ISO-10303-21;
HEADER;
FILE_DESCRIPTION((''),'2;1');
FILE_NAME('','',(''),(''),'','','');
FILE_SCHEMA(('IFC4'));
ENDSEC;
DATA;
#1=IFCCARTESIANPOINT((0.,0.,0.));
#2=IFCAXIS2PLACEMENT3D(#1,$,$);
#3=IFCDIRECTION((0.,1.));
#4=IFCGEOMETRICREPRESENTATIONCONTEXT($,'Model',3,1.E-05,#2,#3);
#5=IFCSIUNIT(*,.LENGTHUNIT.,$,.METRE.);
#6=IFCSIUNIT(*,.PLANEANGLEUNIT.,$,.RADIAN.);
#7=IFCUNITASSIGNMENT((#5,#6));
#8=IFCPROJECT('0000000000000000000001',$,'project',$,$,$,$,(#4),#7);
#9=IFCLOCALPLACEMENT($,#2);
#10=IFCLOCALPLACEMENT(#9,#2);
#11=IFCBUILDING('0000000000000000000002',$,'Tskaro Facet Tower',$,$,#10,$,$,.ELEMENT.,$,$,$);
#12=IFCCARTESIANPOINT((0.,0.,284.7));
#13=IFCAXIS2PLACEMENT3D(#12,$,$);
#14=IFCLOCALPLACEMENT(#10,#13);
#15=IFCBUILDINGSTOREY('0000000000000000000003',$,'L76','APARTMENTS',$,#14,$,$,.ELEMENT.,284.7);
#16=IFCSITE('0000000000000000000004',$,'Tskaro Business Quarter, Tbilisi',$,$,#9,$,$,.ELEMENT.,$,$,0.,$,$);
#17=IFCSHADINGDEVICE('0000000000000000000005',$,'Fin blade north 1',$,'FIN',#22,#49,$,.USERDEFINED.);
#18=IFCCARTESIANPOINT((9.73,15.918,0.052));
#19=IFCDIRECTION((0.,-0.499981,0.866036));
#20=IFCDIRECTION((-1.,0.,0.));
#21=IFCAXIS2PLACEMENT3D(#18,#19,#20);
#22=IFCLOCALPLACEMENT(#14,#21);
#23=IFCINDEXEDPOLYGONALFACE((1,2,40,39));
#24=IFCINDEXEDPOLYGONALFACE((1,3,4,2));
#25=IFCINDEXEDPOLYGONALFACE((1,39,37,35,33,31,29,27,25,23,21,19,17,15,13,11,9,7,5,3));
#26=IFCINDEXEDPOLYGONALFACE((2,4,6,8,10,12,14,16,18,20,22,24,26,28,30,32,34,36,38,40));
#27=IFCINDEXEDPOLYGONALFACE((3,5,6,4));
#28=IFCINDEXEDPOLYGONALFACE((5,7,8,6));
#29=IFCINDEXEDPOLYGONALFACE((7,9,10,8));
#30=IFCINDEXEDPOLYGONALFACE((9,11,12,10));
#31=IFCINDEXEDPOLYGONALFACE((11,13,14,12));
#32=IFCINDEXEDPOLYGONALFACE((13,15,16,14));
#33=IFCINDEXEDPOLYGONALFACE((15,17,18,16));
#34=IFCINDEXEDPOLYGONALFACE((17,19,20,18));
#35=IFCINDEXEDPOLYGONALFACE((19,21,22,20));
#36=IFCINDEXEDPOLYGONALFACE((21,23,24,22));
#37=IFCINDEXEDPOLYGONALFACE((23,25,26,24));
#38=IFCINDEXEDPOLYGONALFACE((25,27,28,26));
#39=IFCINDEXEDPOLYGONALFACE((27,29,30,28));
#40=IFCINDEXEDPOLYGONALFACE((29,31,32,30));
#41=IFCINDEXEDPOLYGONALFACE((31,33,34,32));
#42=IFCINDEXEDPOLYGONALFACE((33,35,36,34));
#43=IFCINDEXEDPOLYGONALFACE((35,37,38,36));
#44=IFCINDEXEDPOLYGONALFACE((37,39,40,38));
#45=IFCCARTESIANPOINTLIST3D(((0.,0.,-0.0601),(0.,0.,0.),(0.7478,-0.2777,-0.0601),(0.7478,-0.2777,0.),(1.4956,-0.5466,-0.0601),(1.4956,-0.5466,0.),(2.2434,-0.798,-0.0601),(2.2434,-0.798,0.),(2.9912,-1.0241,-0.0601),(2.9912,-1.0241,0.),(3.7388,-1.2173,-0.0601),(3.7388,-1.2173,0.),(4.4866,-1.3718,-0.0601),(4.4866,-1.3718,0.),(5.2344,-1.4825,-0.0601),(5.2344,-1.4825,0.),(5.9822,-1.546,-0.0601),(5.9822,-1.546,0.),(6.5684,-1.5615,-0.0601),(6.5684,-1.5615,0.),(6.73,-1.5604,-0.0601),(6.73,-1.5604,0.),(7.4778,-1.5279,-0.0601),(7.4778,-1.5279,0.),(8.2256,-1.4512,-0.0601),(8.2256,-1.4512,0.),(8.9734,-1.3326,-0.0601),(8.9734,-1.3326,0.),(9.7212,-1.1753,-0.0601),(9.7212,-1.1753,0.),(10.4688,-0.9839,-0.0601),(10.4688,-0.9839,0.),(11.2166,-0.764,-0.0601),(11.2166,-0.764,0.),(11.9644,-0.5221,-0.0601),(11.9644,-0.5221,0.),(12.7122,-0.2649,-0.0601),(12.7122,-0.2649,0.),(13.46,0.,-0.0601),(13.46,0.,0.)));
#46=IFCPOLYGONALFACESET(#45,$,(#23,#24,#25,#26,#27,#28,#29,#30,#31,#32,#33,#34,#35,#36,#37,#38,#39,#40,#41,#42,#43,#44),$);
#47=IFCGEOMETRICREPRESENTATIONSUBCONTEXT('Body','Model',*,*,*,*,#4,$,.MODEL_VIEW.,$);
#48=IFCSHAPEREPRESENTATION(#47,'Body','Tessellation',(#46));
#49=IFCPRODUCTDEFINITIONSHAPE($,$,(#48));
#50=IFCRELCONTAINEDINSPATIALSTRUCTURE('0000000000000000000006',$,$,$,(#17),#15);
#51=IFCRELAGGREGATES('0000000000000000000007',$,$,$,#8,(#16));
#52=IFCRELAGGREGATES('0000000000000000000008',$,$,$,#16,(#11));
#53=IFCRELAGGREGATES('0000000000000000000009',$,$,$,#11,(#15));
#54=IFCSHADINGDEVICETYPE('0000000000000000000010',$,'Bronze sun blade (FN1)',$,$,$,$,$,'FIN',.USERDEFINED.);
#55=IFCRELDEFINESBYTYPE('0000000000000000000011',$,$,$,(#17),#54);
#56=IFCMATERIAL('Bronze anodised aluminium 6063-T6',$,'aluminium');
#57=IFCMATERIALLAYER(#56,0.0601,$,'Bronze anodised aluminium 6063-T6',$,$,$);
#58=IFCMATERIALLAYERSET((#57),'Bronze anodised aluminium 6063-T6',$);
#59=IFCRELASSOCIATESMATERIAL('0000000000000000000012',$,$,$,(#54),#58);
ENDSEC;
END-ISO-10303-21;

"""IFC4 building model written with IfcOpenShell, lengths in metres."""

from ifc_helpers import new_model, si_unit, direction, frame, origin, place, context, subcontext, project, spatial, polyline, outline, extrude, material, layer, layer_set, type_object, element, save


model = new_model("IFC4")

# Units and contexts
model_context = context("Model", 3, precision=1e-05, world=origin(), true_north=direction((0.0, 1.0)))
body_context = subcontext(model_context, "Body", "Model", "MODEL_VIEW")
ifc_project = project(units=[si_unit("LENGTHUNIT", "METRE"), si_unit("PLANEANGLEUNIT", "RADIAN")], contexts=[model_context])

# Site, building, storey
site_placement = place(None, origin())
site = spatial("IfcSite", under=ifc_project, at=site_placement, Name="Tskaro Business Quarter, Tbilisi", CompositionType="ELEMENT", RefElevation=0.0)
building_placement = place(site_placement, origin())
building = spatial("IfcBuilding", under=site, at=building_placement, Name="Tskaro Facet Tower", CompositionType="ELEMENT")
storey_placement = place(building_placement, frame((0.0, 0.0, 284.7)))
storey = spatial("IfcBuildingStorey", under=building, at=storey_placement, Name="L76", Description="APARTMENTS", CompositionType="ELEMENT", Elevation=284.7)

# Shared definitions
ifc_material_1 = material(Name="Bronze anodised aluminium 6063-T6", Category="aluminium")

# Shading device
ifc_layer_1 = layer(ifc_material_1, 0.0601, Name="Bronze anodised aluminium 6063-T6")
ifc_layer_set_1 = layer_set([ifc_layer_1], Name="Bronze anodised aluminium 6063-T6")
shading_device_type = type_object("IfcShadingDeviceType", Name="Bronze sun blade (FN1)", ElementType="FIN", PredefinedType="USERDEFINED", material=ifc_layer_set_1)
shading_device_placement = place(storey_placement, frame((9.73, 15.918, 0.052), z_axis=(0.0, -0.499981, 0.866036), x_axis=(-1.0, 0.0, 0.0)))
element("IfcShadingDevice", 1, at=shading_device_placement, inside=storey, type_object=shading_device_type, Name="Fin blade north 1", ObjectType="FIN", PredefinedType="USERDEFINED", context=body_context, shape_type="SweptSolid", body=[
    extrude(outline(polyline([(0.0, 0.0), (13.46, 0.0), (12.7122, -0.2649), (11.9644, -0.5221), (11.2166, -0.764), (10.4688, -0.9839), (9.7212, -1.1753), (8.9734, -1.3326), (8.2256, -1.4512), (7.4778, -1.5279), (6.73, -1.5604), (6.5684, -1.5615), (5.9822, -1.546), (5.2344, -1.4825), (4.4866, -1.3718), (3.7388, -1.2173), (2.9912, -1.0241), (2.2434, -0.798), (1.4956, -0.5466), (0.7478, -0.2777), (0.0, 0.0)])), origin(), (0.0, 0.0, -1.0), 0.0601),
])

save(model, "model.ifc")
